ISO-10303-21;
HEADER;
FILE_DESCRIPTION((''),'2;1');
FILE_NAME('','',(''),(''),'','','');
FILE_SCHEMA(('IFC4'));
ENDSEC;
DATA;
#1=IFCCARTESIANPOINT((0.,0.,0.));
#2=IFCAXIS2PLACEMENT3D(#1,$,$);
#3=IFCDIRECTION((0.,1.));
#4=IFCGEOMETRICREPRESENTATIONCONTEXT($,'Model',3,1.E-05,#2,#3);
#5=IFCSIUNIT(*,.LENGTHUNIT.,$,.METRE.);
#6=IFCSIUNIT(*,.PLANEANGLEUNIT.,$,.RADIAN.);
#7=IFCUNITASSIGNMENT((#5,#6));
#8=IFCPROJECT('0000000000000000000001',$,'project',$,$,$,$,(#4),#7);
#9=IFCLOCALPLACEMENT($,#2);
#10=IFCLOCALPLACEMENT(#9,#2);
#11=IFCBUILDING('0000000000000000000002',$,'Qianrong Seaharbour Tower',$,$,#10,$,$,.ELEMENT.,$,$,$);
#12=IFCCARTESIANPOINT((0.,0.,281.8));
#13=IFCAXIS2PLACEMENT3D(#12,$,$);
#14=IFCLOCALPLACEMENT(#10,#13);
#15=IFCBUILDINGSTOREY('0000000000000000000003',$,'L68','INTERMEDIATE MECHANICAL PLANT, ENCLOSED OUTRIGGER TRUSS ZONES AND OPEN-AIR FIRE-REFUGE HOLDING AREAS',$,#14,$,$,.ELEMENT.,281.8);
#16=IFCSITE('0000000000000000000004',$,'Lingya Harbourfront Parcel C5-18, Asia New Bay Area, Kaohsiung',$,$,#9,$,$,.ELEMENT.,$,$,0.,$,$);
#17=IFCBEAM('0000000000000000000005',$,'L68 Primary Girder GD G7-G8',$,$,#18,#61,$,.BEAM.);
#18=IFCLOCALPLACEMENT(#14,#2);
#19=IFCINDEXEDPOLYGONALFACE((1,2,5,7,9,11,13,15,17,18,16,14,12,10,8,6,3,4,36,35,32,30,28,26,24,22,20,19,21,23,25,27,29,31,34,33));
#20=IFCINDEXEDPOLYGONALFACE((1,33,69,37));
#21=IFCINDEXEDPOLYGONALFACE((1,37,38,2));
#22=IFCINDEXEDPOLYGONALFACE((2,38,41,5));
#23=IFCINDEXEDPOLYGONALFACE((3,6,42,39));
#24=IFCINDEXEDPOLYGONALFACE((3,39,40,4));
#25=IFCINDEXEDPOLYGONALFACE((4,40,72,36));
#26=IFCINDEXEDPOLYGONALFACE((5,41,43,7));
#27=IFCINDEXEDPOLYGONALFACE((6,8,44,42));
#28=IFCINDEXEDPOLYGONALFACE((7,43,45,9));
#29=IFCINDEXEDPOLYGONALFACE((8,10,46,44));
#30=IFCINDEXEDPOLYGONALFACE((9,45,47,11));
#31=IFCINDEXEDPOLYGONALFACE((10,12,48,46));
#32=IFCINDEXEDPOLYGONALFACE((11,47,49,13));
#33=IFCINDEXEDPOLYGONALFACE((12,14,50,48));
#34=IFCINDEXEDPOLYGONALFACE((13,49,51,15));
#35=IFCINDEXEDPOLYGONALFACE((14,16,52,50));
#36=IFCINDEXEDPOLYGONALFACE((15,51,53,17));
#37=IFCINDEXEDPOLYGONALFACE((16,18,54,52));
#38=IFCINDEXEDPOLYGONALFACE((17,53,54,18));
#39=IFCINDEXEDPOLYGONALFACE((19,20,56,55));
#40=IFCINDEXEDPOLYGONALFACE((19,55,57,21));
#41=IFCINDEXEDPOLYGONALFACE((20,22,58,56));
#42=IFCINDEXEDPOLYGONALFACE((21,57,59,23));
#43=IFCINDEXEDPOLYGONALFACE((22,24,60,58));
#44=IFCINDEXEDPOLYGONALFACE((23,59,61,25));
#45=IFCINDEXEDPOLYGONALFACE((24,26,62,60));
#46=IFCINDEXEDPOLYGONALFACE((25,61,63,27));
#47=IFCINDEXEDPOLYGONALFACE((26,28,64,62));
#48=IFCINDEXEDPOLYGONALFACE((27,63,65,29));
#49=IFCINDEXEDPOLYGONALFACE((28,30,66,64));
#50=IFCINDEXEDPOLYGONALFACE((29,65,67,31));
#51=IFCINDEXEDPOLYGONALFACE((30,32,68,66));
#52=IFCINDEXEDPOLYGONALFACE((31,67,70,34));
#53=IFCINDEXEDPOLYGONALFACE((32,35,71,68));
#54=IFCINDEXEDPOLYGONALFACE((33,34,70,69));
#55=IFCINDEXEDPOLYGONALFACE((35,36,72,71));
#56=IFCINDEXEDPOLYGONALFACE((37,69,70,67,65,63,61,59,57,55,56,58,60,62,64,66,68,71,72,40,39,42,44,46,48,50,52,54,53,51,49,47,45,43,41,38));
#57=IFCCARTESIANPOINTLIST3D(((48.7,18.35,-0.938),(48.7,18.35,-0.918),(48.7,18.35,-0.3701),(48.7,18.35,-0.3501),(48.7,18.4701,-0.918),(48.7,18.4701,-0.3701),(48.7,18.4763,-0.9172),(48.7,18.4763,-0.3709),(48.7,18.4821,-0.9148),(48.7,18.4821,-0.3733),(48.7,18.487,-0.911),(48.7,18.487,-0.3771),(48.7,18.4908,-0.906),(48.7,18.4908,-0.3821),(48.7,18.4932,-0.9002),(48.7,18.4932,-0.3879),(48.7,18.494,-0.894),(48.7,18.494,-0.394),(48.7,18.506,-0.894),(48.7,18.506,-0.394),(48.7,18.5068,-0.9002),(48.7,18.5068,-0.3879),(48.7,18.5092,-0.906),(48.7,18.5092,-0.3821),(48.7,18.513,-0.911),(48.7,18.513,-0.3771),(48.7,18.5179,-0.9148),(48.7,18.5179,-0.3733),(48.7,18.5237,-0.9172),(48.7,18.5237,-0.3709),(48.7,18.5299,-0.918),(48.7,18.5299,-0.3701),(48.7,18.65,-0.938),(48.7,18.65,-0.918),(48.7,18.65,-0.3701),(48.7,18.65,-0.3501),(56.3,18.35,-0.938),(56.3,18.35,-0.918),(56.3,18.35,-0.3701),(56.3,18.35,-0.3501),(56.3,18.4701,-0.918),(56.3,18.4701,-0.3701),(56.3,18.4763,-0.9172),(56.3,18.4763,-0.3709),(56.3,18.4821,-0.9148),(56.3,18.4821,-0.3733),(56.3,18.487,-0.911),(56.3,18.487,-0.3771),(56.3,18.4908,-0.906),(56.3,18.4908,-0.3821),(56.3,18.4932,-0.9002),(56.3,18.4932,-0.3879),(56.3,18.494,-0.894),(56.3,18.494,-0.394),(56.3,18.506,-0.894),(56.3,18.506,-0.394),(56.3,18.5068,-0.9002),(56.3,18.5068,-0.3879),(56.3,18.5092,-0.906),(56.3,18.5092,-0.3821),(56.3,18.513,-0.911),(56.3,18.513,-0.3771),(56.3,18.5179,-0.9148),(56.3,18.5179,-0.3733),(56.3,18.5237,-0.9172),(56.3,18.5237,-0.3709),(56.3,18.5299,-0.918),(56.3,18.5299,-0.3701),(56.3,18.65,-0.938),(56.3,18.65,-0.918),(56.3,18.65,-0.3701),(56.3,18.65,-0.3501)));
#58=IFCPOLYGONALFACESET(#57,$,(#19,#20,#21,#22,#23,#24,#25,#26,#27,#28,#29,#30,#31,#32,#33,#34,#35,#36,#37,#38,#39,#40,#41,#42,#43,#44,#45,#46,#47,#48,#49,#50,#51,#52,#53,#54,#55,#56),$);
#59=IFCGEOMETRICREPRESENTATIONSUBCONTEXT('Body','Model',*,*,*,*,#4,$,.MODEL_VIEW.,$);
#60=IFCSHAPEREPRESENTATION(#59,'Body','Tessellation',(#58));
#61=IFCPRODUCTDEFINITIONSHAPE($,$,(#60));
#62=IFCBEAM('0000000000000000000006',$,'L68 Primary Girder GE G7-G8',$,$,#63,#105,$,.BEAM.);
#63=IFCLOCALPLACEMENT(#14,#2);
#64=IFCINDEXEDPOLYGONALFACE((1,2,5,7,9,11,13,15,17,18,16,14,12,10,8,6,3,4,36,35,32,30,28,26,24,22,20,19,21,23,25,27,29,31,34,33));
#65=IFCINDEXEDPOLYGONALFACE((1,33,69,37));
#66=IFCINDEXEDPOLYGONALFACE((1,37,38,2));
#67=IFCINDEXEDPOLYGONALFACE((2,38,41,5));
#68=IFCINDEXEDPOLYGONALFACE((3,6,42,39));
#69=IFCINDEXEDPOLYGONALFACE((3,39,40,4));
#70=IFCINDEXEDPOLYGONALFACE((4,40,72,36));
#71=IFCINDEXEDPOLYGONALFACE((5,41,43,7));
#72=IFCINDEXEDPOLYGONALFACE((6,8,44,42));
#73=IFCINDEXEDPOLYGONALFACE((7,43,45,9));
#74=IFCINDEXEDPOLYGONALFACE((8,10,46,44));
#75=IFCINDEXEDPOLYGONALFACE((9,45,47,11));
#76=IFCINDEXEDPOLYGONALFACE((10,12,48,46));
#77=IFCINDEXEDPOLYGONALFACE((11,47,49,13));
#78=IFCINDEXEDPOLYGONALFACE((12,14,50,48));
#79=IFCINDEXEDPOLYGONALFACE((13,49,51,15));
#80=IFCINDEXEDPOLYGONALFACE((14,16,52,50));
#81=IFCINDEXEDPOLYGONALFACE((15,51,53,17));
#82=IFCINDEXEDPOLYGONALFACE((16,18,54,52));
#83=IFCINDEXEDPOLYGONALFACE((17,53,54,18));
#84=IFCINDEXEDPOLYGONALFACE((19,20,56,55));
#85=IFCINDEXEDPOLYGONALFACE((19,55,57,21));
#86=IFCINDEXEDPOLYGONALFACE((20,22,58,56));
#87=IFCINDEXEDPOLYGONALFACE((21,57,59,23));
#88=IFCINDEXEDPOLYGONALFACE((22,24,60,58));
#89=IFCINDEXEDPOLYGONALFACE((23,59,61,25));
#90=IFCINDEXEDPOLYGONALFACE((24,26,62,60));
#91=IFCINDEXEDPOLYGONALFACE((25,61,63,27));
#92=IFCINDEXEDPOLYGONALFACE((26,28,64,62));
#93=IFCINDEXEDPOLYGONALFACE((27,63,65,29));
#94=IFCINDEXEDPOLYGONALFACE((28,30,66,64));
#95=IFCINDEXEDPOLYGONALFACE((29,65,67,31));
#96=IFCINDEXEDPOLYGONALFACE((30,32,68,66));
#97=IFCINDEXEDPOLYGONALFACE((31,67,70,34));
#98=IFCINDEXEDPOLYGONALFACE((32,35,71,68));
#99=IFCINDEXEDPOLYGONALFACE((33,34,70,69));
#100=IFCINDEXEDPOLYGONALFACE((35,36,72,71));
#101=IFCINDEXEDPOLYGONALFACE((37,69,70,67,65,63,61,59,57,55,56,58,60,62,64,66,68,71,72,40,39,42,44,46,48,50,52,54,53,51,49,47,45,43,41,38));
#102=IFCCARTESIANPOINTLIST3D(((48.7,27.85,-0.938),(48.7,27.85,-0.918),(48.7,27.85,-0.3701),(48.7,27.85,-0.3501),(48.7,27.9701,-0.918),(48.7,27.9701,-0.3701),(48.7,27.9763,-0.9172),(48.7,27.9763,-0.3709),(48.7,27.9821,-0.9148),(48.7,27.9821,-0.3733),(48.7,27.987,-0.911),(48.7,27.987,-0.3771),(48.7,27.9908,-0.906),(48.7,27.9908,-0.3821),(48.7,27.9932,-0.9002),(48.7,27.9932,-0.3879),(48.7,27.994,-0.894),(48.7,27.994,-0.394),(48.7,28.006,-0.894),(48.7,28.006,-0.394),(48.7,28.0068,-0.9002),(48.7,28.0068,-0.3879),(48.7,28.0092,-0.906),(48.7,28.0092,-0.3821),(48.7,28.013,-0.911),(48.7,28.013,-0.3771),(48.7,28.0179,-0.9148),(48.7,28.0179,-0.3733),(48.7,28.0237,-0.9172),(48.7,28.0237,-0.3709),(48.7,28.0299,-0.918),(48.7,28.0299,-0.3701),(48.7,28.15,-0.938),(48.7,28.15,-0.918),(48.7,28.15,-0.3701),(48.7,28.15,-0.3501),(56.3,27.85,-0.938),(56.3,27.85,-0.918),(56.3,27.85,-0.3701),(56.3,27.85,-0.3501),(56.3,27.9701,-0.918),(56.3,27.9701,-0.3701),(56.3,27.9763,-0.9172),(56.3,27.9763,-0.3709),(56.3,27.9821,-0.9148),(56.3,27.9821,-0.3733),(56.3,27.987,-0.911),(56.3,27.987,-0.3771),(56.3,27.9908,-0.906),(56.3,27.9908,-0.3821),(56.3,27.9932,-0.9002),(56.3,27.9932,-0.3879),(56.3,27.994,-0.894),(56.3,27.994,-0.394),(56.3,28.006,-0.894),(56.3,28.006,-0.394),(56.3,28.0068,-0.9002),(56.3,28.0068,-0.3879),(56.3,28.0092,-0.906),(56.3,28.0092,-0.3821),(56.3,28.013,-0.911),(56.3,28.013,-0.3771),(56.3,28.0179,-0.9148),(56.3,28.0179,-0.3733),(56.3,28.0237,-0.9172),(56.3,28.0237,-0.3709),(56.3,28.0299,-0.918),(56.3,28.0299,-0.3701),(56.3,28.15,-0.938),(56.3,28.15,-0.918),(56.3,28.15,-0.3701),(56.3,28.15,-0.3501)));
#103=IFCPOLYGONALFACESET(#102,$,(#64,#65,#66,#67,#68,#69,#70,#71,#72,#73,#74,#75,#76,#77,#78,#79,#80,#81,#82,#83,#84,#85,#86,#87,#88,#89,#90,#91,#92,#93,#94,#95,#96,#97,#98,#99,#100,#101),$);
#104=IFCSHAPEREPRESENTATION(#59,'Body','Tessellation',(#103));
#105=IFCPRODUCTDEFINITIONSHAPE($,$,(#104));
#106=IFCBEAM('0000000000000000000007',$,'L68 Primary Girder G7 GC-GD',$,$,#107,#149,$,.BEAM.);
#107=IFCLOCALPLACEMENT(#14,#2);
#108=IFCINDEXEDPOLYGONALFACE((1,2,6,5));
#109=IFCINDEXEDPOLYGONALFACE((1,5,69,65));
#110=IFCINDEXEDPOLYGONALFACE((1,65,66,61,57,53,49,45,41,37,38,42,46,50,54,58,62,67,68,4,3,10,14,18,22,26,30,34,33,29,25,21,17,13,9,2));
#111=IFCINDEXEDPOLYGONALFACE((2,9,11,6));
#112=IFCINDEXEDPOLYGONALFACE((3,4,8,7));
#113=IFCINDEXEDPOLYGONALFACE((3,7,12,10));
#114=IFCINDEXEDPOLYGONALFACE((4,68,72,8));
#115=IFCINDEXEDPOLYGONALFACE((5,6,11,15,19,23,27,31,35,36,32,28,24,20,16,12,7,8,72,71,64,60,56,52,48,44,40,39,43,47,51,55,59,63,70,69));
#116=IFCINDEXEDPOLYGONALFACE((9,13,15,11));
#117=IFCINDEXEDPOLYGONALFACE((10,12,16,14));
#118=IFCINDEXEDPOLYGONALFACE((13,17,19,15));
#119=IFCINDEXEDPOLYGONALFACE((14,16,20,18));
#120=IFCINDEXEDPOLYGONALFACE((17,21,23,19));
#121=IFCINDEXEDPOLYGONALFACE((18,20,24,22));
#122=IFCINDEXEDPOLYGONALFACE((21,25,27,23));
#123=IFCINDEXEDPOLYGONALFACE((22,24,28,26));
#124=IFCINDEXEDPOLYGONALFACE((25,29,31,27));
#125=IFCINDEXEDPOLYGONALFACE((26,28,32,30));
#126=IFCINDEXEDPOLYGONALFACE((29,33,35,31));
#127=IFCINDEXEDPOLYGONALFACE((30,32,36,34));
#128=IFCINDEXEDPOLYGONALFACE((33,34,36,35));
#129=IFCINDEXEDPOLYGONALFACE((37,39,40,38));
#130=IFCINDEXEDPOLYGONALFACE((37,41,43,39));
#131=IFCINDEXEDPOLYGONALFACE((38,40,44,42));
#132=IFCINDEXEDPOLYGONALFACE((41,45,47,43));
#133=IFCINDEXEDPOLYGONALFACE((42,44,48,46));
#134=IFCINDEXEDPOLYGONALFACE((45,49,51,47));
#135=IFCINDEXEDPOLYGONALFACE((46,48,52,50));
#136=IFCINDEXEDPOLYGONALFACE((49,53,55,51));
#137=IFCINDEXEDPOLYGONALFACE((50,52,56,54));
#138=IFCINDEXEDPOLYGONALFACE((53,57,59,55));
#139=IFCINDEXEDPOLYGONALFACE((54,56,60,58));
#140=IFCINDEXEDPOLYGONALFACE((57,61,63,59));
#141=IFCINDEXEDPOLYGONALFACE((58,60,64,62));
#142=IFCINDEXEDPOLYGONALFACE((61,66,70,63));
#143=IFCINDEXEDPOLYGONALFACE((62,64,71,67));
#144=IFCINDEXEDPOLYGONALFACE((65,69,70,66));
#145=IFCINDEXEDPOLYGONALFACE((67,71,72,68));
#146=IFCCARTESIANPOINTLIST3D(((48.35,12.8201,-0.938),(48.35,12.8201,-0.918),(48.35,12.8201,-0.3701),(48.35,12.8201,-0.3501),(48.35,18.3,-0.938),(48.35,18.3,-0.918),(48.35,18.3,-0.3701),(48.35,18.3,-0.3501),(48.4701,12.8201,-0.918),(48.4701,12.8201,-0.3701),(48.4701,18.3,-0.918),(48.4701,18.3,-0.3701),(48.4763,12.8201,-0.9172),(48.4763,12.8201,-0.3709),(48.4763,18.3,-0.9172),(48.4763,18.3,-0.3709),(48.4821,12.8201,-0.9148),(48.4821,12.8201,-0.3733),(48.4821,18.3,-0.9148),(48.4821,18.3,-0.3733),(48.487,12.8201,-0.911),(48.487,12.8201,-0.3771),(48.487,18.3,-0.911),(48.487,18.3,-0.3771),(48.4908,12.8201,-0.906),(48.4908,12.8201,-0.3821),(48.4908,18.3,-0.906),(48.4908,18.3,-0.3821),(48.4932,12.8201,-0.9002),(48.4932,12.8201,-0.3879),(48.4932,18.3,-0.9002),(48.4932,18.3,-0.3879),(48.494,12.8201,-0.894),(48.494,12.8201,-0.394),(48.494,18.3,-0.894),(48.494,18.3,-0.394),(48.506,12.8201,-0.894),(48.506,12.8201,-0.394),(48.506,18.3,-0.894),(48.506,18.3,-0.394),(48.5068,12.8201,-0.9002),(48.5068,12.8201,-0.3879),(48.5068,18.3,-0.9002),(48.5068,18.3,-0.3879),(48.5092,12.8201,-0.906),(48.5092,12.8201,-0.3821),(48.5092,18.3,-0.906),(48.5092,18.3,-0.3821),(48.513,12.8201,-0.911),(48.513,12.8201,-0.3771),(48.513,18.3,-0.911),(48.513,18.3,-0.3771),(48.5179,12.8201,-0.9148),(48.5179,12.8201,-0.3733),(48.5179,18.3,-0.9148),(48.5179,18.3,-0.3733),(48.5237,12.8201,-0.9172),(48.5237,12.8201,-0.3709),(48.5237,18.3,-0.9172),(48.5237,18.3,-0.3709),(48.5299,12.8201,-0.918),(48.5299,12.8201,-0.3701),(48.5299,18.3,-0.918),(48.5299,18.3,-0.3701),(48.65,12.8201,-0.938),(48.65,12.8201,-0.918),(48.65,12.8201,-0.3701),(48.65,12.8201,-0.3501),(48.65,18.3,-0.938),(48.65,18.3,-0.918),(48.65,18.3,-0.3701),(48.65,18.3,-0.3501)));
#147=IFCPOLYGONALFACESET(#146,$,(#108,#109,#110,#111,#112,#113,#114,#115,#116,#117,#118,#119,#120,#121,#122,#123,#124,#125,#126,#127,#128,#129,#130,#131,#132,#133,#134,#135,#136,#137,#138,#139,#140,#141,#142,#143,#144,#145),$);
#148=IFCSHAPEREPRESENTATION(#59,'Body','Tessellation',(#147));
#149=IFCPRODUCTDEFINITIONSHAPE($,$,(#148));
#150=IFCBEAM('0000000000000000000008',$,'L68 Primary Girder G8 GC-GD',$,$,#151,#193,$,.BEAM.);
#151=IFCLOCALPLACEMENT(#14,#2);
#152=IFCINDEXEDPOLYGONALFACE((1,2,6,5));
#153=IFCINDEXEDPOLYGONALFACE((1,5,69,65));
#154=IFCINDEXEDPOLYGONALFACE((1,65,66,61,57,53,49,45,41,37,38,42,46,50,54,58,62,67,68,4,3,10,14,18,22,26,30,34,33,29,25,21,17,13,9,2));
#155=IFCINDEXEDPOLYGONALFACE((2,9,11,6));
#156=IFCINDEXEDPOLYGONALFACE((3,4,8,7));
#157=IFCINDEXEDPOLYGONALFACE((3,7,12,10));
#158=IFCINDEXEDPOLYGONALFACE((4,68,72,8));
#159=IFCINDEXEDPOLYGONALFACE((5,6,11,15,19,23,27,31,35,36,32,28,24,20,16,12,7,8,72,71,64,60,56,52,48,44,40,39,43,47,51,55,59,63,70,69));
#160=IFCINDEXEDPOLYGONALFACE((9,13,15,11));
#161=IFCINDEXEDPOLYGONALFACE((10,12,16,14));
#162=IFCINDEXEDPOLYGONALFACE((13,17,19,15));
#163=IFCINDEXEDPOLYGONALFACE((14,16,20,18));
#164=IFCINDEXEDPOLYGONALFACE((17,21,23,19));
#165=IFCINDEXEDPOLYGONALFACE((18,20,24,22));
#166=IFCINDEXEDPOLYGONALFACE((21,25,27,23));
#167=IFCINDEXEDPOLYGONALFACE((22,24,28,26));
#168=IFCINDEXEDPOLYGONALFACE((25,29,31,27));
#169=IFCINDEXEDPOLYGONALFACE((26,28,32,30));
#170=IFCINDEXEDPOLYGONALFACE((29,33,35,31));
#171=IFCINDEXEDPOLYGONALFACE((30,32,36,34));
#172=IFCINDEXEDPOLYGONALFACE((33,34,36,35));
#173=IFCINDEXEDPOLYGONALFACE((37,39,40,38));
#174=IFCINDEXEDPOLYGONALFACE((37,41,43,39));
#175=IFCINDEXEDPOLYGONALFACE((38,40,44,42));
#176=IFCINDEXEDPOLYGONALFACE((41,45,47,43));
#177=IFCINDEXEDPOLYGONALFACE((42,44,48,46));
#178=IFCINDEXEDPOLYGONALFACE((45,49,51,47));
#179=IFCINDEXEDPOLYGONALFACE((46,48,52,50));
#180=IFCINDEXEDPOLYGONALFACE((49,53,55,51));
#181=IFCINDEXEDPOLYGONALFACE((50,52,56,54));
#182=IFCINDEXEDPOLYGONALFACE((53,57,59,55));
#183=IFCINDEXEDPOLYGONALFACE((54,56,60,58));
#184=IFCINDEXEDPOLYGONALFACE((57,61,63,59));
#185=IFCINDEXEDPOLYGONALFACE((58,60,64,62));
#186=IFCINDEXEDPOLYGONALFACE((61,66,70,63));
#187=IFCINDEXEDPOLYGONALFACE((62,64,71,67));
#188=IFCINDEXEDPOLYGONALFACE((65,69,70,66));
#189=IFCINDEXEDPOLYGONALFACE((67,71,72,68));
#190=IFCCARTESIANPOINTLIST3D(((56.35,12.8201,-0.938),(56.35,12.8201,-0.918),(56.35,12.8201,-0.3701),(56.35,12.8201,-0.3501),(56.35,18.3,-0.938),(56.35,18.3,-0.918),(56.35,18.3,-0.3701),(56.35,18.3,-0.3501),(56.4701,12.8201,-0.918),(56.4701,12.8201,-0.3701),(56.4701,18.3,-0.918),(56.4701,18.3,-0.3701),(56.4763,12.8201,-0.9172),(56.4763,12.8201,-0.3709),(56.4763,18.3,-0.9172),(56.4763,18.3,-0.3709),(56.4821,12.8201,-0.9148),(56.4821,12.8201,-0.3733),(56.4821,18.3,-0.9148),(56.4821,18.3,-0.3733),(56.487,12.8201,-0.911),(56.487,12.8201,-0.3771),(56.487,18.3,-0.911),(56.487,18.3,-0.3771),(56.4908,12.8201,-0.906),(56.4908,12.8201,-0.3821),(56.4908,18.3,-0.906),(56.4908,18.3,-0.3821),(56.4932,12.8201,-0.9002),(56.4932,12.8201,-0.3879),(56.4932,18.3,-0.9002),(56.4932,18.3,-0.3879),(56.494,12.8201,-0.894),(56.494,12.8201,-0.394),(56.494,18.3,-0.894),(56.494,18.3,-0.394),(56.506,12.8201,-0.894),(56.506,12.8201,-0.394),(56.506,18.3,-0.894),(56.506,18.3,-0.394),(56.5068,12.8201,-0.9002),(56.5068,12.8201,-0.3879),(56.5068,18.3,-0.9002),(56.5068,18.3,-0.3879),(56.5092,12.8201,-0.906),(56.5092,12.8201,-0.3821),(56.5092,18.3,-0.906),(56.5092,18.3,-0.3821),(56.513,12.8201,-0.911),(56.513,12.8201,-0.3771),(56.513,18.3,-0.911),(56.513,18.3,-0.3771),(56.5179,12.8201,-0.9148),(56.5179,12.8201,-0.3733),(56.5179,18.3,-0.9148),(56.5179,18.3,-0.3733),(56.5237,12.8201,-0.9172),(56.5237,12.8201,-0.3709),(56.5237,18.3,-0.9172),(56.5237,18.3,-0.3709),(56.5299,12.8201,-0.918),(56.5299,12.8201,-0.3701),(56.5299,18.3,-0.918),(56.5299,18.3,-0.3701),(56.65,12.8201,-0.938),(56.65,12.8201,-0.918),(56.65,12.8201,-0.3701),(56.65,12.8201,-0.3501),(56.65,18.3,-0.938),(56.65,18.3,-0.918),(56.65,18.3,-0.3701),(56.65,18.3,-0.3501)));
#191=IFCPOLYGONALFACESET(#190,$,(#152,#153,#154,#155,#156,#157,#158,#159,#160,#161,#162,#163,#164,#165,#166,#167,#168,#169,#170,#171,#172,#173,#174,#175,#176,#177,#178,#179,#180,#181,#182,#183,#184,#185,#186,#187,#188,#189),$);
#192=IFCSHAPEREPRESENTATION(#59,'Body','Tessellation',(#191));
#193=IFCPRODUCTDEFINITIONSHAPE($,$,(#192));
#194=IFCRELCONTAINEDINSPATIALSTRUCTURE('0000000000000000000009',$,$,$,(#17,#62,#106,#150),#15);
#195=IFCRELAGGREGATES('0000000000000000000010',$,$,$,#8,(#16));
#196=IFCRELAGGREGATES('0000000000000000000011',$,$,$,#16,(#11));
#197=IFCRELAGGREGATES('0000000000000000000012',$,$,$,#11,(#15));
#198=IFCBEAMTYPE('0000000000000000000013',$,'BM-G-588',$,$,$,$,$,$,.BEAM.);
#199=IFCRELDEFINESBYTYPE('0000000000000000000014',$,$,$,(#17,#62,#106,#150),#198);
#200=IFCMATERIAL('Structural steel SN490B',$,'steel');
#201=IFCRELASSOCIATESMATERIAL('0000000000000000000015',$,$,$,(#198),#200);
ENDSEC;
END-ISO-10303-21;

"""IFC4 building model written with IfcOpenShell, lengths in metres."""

from ifc_helpers import new_model, si_unit, direction, frame, origin, origin_2d, place, context, subcontext, project, spatial, i_section, extrude, material, material_profile, profile_set, type_object, element, save


model = new_model("IFC4")

# Units and contexts
model_context = context("Model", 3, precision=1e-05, world=origin(), true_north=direction((0.0, 1.0)))
body_context = subcontext(model_context, "Body", "Model", "MODEL_VIEW")
ifc_project = project(units=[si_unit("LENGTHUNIT", "METRE"), si_unit("PLANEANGLEUNIT", "RADIAN")], contexts=[model_context])

# Site, building, storey
site_placement = place(None, origin())
site = spatial("IfcSite", under=ifc_project, at=site_placement, Name="Lingya Harbourfront Parcel C5-18, Asia New Bay Area, Kaohsiung", CompositionType="ELEMENT", RefElevation=0.0)
building_placement = place(site_placement, origin())
building = spatial("IfcBuilding", under=site, at=building_placement, Name="Qianrong Seaharbour Tower", CompositionType="ELEMENT")
storey_placement = place(building_placement, frame((0.0, 0.0, 281.8)))
storey = spatial("IfcBuildingStorey", under=building, at=storey_placement, Name="L68", Description="INTERMEDIATE MECHANICAL PLANT, ENCLOSED OUTRIGGER TRUSS ZONES AND OPEN-AIR FIRE-REFUGE HOLDING AREAS", CompositionType="ELEMENT", Elevation=281.8)

# Shared definitions
ifc_material_1 = material(Name="Structural steel SN490B", Category="steel")

# Beams
ifc_material_profile_1 = material_profile(ifc_material_1, i_section(OverallWidth=0.3, OverallDepth=0.5879, WebThickness=0.012, FlangeThickness=0.02, FilletRadius=0.0239, at=origin_2d()), Name="H588x300x12x20")
ifc_profile_set_1 = profile_set([ifc_material_profile_1], Name="Structural steel SN490B")
beam_type_1 = type_object("IfcBeamType", Name="BM-G-588", PredefinedType="BEAM", material=ifc_profile_set_1)
for number, where, z_axis, x_axis, name in (
    (1, (48.7, 18.5, -0.644), (1.0, 0.0, 0.0), (0.0, 1.0, 0.0), "L68 Primary Girder GD G7-G8"),
    (2, (48.7, 28.0, -0.644), (1.0, 0.0, 0.0), (0.0, 1.0, 0.0), "L68 Primary Girder GE G7-G8"),
):
    element("IfcBeam", number, at=place(storey_placement, frame(where, z_axis=z_axis, x_axis=x_axis)), inside=storey, type_object=beam_type_1, Name=name, PredefinedType="BEAM", context=body_context, shape_type="SweptSolid", body=[
        extrude(i_section(OverallWidth=0.3, OverallDepth=0.5879, WebThickness=0.012, FlangeThickness=0.02, FilletRadius=0.0239, at=origin_2d()), origin(), (0.0, 0.0, 1.0), 7.6001),
    ])
for number, where, z_axis, x_axis, name in (
    (3, (48.5, 12.8201, -0.644), (0.0, 1.0, 0.0), (-1.0, 0.0, 0.0), "L68 Primary Girder G7 GC-GD"),
    (4, (56.5, 12.8201, -0.644), (0.0, 1.0, 0.0), (-1.0, 0.0, 0.0), "L68 Primary Girder G8 GC-GD"),
):
    element("IfcBeam", number, at=place(storey_placement, frame(where, z_axis=z_axis, x_axis=x_axis)), inside=storey, type_object=beam_type_1, Name=name, PredefinedType="BEAM", context=body_context, shape_type="SweptSolid", body=[
        extrude(i_section(OverallWidth=0.3, OverallDepth=0.5879, WebThickness=0.012, FlangeThickness=0.02, FilletRadius=0.0239, at=origin_2d()), origin(), (0.0, 0.0, 1.0), 5.48),
    ])

save(model, "model.ifc")
